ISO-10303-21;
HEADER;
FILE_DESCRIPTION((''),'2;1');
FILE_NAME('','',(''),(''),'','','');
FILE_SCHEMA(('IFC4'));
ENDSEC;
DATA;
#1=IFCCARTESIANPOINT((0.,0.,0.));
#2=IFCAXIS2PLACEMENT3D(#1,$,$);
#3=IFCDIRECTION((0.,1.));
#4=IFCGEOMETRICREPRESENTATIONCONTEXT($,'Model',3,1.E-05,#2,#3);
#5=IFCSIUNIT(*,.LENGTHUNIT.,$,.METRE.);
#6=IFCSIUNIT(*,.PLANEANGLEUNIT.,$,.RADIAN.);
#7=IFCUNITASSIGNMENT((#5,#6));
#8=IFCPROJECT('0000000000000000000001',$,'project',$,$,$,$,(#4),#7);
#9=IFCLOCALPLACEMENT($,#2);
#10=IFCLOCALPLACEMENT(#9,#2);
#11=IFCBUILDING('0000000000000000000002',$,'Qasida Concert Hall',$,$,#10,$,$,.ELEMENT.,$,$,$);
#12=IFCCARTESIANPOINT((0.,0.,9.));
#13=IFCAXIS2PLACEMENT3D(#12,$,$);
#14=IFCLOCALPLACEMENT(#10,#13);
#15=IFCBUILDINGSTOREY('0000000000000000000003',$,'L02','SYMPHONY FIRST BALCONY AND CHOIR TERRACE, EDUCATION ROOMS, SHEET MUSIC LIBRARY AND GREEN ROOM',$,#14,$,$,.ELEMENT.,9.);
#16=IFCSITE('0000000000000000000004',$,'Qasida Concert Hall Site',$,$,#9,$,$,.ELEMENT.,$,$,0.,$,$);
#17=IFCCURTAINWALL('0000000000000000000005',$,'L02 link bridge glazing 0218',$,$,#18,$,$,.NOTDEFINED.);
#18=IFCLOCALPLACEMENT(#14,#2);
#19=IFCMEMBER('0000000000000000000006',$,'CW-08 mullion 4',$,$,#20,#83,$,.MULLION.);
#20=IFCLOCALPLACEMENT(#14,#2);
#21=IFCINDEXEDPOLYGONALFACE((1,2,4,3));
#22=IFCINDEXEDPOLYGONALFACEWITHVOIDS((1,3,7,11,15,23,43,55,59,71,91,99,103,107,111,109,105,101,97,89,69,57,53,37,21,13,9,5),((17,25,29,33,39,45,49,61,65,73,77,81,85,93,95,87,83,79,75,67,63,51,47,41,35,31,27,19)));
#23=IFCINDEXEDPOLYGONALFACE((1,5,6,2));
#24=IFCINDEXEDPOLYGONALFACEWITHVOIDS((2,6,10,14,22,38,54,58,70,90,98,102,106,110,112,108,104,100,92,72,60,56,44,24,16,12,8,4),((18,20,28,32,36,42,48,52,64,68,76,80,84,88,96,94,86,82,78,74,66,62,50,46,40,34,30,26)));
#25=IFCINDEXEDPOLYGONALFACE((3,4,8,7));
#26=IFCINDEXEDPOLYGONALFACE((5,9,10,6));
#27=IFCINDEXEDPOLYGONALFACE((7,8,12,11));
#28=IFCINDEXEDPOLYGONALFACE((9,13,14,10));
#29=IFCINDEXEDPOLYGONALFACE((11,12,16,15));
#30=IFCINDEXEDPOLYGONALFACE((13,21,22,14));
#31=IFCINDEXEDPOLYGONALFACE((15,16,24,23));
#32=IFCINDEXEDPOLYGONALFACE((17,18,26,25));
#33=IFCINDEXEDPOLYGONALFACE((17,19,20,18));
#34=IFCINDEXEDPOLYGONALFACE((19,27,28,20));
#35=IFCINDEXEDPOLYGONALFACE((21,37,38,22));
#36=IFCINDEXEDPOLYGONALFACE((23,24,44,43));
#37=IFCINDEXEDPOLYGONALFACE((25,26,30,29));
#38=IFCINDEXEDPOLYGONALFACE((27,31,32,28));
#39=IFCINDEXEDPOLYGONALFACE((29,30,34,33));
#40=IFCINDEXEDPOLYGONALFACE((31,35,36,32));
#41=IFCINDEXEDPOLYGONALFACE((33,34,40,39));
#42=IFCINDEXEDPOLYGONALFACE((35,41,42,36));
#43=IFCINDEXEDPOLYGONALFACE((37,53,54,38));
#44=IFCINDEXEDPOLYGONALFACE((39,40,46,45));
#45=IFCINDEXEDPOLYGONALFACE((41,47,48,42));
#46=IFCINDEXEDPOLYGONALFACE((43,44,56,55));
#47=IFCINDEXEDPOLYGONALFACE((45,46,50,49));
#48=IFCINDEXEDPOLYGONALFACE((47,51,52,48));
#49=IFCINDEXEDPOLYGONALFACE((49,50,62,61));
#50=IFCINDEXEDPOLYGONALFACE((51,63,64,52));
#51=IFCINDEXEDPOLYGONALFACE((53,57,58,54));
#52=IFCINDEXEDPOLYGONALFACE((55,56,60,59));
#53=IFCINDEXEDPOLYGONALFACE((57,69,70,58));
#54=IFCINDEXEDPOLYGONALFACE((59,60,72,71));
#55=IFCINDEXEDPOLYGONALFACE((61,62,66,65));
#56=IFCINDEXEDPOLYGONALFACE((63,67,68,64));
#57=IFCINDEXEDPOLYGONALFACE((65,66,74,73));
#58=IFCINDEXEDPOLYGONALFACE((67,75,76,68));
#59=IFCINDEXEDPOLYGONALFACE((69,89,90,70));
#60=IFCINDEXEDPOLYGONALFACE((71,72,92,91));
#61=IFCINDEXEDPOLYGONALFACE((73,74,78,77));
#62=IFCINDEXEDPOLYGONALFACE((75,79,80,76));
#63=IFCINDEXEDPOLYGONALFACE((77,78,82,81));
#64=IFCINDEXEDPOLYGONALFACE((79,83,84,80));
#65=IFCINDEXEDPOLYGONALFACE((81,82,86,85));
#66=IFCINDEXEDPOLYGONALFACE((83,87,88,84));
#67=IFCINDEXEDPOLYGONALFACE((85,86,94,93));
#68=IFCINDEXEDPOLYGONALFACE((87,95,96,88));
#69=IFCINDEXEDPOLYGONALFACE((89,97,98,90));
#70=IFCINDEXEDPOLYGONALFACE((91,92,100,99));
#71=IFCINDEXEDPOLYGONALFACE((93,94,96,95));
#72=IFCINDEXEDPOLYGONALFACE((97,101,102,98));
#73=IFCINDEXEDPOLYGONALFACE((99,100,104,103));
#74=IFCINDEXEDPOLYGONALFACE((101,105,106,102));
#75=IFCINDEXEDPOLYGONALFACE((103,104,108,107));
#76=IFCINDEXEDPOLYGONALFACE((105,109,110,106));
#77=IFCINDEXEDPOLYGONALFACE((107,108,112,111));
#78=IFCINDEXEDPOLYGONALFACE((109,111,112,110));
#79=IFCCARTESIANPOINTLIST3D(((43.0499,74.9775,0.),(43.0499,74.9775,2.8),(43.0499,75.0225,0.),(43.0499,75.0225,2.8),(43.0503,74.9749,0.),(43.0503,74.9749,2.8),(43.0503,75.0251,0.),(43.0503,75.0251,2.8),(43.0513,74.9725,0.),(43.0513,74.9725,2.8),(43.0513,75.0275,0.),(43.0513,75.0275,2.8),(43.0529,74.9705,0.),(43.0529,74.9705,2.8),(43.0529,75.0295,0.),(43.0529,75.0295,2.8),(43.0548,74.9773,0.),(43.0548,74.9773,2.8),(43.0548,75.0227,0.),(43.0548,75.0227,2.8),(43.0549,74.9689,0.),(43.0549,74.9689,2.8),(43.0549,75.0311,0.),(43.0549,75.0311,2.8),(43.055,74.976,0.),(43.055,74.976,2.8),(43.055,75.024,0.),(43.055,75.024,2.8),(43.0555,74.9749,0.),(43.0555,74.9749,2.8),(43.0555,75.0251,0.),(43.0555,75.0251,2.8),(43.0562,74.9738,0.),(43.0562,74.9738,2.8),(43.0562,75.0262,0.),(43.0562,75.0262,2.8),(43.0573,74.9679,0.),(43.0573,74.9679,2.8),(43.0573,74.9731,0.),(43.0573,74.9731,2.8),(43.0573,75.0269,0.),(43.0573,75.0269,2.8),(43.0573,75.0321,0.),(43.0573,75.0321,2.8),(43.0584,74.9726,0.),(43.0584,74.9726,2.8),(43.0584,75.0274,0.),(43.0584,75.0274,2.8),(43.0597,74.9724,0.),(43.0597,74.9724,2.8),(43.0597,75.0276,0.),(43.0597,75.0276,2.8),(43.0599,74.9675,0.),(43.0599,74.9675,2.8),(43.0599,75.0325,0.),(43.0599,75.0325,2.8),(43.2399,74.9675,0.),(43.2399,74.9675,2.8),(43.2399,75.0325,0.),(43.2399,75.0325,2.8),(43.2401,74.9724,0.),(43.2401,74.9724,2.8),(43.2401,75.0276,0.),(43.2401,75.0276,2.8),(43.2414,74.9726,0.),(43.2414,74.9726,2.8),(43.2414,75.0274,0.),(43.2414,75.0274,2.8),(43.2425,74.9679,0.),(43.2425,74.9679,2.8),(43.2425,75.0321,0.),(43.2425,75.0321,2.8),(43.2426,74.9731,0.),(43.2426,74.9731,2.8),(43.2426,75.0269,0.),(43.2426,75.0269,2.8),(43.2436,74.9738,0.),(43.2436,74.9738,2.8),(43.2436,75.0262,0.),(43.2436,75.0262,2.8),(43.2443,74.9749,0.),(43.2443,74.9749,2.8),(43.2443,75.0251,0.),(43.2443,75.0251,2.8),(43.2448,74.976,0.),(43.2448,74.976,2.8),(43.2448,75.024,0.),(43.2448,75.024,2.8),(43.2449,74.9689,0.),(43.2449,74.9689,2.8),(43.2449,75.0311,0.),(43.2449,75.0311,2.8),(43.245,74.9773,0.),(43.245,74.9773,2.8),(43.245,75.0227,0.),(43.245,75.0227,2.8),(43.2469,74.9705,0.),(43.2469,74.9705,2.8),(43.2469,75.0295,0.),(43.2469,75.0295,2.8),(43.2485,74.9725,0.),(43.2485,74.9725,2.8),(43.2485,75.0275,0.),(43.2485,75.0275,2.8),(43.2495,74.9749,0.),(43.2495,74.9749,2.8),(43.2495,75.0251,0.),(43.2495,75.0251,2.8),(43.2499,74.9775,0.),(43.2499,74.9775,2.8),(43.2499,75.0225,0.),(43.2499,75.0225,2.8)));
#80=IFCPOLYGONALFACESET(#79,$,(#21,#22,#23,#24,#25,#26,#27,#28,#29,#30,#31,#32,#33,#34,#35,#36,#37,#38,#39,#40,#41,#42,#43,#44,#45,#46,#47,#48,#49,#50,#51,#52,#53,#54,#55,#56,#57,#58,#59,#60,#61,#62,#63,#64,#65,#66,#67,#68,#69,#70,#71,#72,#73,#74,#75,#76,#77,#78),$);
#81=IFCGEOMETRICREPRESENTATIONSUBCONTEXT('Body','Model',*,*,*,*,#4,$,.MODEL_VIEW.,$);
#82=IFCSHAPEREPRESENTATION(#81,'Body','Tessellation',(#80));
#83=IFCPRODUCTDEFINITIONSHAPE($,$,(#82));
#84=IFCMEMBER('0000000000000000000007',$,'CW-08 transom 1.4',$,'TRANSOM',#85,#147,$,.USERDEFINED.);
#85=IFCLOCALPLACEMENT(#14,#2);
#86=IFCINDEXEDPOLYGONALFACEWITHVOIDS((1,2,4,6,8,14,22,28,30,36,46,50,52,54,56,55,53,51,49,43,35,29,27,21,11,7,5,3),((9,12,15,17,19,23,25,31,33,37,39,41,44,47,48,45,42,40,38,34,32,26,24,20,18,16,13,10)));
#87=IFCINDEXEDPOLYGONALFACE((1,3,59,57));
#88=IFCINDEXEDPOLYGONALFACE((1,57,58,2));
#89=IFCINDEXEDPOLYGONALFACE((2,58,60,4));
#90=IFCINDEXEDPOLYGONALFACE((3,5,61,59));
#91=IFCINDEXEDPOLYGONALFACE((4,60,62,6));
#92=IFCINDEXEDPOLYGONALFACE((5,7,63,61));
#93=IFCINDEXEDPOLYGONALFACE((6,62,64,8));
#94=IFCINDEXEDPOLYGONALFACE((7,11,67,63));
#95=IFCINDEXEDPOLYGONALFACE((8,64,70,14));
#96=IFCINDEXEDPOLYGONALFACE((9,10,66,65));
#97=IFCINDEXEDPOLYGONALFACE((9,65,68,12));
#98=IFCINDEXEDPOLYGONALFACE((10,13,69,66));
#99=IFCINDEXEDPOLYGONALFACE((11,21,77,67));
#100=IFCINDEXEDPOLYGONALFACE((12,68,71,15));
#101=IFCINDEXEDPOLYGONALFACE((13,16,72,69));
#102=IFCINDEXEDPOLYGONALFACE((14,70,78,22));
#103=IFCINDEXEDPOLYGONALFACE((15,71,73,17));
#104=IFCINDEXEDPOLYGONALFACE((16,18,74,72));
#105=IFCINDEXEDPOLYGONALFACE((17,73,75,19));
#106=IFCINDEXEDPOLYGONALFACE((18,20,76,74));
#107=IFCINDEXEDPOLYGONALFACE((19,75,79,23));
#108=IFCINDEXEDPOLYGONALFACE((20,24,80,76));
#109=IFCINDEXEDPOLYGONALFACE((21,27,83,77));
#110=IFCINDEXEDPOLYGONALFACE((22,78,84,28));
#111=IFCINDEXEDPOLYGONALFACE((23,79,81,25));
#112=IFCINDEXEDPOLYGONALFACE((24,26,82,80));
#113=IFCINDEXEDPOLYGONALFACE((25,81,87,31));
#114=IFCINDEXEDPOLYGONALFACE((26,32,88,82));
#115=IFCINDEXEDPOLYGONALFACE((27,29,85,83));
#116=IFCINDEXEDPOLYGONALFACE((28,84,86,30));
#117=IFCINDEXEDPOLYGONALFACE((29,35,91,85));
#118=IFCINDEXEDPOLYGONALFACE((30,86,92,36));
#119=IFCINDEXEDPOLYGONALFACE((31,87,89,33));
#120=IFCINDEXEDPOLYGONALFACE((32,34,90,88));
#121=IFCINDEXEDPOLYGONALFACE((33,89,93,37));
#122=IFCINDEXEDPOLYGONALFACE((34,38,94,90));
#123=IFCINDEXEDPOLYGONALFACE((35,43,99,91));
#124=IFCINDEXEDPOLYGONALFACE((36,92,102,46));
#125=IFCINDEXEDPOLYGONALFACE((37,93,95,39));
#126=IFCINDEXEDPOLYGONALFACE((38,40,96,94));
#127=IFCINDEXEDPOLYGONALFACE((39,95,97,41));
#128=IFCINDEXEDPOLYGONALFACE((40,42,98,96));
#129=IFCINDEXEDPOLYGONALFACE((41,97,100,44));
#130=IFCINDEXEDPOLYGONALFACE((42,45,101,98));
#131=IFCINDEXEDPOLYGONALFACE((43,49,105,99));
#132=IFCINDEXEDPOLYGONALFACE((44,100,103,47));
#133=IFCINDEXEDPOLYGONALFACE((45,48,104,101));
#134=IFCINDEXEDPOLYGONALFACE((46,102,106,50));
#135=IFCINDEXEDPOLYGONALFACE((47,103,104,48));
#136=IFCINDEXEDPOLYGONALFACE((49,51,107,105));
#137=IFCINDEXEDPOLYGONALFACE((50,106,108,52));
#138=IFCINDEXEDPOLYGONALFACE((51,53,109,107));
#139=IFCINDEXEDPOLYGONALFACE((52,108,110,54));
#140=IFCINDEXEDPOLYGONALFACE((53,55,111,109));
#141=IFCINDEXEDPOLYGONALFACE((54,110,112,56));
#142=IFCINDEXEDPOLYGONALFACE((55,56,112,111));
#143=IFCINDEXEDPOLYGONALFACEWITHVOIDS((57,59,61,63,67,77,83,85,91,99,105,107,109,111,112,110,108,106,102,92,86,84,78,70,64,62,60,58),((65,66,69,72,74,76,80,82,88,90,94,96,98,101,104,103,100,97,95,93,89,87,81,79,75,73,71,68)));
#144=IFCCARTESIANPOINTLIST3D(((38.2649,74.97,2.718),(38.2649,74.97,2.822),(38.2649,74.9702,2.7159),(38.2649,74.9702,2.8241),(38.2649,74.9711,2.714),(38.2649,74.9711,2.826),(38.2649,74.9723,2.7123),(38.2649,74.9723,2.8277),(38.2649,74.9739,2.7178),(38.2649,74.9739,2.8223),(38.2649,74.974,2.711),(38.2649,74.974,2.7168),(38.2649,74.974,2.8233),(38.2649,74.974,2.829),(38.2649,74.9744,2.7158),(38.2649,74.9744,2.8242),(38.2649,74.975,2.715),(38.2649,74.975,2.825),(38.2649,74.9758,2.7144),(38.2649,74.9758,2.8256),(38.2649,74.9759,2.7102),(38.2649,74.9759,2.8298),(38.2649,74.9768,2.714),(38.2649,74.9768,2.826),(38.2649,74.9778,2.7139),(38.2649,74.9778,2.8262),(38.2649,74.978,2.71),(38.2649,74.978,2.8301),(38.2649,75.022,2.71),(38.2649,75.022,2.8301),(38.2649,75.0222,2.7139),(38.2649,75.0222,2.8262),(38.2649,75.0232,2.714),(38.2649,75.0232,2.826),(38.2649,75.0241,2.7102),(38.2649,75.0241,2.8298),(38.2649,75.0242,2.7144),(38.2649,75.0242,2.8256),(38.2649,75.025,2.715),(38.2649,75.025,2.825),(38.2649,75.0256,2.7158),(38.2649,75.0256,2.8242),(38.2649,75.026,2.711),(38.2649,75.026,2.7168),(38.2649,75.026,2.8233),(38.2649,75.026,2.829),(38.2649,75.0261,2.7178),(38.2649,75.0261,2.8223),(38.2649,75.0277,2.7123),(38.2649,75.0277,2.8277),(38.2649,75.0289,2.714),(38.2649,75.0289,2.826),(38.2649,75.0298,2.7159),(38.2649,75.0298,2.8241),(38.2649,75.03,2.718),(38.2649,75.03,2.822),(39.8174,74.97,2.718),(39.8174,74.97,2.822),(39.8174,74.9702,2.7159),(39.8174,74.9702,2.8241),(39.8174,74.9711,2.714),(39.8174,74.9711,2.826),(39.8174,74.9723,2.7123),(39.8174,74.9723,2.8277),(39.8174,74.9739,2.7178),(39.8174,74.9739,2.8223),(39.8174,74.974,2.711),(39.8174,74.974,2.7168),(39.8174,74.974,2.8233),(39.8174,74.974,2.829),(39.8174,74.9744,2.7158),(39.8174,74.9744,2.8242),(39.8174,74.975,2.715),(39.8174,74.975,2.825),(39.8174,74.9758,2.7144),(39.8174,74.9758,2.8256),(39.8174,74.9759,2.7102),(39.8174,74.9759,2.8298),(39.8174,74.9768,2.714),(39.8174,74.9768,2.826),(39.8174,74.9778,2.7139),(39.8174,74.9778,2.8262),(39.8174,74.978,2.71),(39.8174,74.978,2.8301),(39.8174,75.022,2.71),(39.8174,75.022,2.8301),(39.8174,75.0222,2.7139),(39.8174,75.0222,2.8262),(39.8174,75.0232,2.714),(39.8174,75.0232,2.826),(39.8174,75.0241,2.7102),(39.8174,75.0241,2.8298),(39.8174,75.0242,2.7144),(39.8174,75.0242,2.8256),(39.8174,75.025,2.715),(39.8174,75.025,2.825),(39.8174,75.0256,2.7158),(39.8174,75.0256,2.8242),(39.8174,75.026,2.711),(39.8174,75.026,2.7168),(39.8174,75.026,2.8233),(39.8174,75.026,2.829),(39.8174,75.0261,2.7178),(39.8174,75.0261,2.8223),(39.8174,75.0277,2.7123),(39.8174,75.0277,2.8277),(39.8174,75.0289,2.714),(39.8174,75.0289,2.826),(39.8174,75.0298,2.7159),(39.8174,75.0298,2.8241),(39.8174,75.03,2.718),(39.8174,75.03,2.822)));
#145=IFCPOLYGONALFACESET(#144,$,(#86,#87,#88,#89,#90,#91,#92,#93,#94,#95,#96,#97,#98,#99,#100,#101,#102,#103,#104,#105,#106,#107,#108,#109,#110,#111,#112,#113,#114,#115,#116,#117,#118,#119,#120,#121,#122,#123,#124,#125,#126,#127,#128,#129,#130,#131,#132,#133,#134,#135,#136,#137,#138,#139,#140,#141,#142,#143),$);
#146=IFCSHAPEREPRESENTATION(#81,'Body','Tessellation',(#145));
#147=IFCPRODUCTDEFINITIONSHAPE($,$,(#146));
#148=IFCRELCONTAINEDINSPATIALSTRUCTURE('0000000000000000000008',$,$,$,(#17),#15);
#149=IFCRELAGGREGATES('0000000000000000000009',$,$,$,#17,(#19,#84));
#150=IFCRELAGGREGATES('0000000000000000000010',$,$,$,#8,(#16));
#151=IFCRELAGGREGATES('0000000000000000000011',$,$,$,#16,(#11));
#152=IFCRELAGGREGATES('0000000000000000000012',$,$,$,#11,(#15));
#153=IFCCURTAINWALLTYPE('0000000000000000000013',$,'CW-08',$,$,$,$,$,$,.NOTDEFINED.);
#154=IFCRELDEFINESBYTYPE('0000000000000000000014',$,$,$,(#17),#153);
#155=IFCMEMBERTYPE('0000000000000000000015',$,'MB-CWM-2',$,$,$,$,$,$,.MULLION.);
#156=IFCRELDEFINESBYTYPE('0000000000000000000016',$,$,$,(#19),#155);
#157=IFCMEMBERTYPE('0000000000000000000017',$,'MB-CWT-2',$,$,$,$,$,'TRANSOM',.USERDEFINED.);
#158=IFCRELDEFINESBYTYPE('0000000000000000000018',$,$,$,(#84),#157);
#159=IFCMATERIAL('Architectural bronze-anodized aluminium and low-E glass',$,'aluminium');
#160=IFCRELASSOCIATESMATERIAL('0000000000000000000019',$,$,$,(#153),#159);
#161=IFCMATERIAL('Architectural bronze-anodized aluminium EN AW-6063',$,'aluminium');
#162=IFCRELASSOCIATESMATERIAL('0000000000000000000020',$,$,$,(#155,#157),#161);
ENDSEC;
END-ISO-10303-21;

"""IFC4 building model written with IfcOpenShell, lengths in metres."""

from ifc_helpers import new_model, si_unit, direction, frame, origin, origin_2d, place, context, subcontext, project, spatial, hollow_rectangle, extrude, material, material_profile, profile_set, type_object, element, aggregate, save


model = new_model("IFC4")

# Units and contexts
model_context = context("Model", 3, precision=1e-05, world=origin(), true_north=direction((0.0, 1.0)))
body_context = subcontext(model_context, "Body", "Model", "MODEL_VIEW")
ifc_project = project(units=[si_unit("LENGTHUNIT", "METRE"), si_unit("PLANEANGLEUNIT", "RADIAN")], contexts=[model_context])

# Site, building, storey
site_placement = place(None, origin())
site = spatial("IfcSite", under=ifc_project, at=site_placement, Name="Qasida Concert Hall Site", CompositionType="ELEMENT", RefElevation=0.0)
building_placement = place(site_placement, origin())
building = spatial("IfcBuilding", under=site, at=building_placement, Name="Qasida Concert Hall", CompositionType="ELEMENT")
storey_placement = place(building_placement, frame((0.0, 0.0, 9.0)))
storey = spatial("IfcBuildingStorey", under=building, at=storey_placement, Name="L02", Description="SYMPHONY FIRST BALCONY AND CHOIR TERRACE, EDUCATION ROOMS, SHEET MUSIC LIBRARY AND GREEN ROOM", CompositionType="ELEMENT", Elevation=9.0)

# Curtain wall, members
ifc_material_1 = material(Name="Architectural bronze-anodized aluminium and low-E glass", Category="aluminium")
curtain_wall_type = type_object("IfcCurtainWallType", Name="CW-08", PredefinedType="NOTDEFINED", material=ifc_material_1)
curtain_wall_placement = place(storey_placement, origin())
curtain_wall = element("IfcCurtainWall", 1, at=curtain_wall_placement, inside=storey, type_object=curtain_wall_type, Name="L02 link bridge glazing 0218", PredefinedType="NOTDEFINED")
ifc_material_2 = material(Name="Architectural bronze-anodized aluminium EN AW-6063", Category="aluminium")
ifc_material_profile_1 = material_profile(ifc_material_2, hollow_rectangle(XDim=0.0649, YDim=0.2, WallThickness=0.0049, InnerFilletRadius=0.0049, OuterFilletRadius=0.01, at=origin_2d()), Name="CWM 200x65x5")
ifc_profile_set_1 = profile_set([ifc_material_profile_1], Name="Architectural bronze-anodized aluminium EN AW-6063")
member_type_1 = type_object("IfcMemberType", Name="MB-CWM-2", PredefinedType="MULLION", material=ifc_profile_set_1)
member_1_placement = place(storey_placement, frame((43.1499, 75.0, 0.0), z_axis=(0.0, 0.0, 1.0), x_axis=(0.0, 1.0, 0.0)))
member_1 = element("IfcMember", 2, at=member_1_placement, type_object=member_type_1, Name="CW-08 mullion 4", PredefinedType="MULLION", context=body_context, shape_type="SweptSolid", body=[
    extrude(hollow_rectangle(XDim=0.0649, YDim=0.2, WallThickness=0.0049, InnerFilletRadius=0.0049, OuterFilletRadius=0.01, at=origin_2d()), origin(), (0.0, 0.0, 1.0), 2.8),
])
ifc_material_profile_2 = material_profile(ifc_material_2, hollow_rectangle(XDim=0.0601, YDim=0.1201, WallThickness=0.0039, InnerFilletRadius=0.0039, OuterFilletRadius=0.0081, at=origin_2d()), Name="CWT 120x60x4")
ifc_profile_set_2 = profile_set([ifc_material_profile_2], Name="Architectural bronze-anodized aluminium EN AW-6063")
member_type_2 = type_object("IfcMemberType", Name="MB-CWT-2", ElementType="TRANSOM", PredefinedType="USERDEFINED", material=ifc_profile_set_2)
member_2_placement = place(storey_placement, frame((38.2649, 75.0, 2.77), z_axis=(1.0, 0.0, 0.0), x_axis=(0.0, 1.0, 0.0)))
member_2 = element("IfcMember", 3, at=member_2_placement, type_object=member_type_2, Name="CW-08 transom 1.4", ObjectType="TRANSOM", PredefinedType="USERDEFINED", context=body_context, shape_type="SweptSolid", body=[
    extrude(hollow_rectangle(XDim=0.0601, YDim=0.1201, WallThickness=0.0039, InnerFilletRadius=0.0039, OuterFilletRadius=0.0081, at=origin_2d()), origin(), (0.0, 0.0, 1.0), 1.5525),
])
aggregate(curtain_wall, [member_1, member_2])

save(model, "model.ifc")
